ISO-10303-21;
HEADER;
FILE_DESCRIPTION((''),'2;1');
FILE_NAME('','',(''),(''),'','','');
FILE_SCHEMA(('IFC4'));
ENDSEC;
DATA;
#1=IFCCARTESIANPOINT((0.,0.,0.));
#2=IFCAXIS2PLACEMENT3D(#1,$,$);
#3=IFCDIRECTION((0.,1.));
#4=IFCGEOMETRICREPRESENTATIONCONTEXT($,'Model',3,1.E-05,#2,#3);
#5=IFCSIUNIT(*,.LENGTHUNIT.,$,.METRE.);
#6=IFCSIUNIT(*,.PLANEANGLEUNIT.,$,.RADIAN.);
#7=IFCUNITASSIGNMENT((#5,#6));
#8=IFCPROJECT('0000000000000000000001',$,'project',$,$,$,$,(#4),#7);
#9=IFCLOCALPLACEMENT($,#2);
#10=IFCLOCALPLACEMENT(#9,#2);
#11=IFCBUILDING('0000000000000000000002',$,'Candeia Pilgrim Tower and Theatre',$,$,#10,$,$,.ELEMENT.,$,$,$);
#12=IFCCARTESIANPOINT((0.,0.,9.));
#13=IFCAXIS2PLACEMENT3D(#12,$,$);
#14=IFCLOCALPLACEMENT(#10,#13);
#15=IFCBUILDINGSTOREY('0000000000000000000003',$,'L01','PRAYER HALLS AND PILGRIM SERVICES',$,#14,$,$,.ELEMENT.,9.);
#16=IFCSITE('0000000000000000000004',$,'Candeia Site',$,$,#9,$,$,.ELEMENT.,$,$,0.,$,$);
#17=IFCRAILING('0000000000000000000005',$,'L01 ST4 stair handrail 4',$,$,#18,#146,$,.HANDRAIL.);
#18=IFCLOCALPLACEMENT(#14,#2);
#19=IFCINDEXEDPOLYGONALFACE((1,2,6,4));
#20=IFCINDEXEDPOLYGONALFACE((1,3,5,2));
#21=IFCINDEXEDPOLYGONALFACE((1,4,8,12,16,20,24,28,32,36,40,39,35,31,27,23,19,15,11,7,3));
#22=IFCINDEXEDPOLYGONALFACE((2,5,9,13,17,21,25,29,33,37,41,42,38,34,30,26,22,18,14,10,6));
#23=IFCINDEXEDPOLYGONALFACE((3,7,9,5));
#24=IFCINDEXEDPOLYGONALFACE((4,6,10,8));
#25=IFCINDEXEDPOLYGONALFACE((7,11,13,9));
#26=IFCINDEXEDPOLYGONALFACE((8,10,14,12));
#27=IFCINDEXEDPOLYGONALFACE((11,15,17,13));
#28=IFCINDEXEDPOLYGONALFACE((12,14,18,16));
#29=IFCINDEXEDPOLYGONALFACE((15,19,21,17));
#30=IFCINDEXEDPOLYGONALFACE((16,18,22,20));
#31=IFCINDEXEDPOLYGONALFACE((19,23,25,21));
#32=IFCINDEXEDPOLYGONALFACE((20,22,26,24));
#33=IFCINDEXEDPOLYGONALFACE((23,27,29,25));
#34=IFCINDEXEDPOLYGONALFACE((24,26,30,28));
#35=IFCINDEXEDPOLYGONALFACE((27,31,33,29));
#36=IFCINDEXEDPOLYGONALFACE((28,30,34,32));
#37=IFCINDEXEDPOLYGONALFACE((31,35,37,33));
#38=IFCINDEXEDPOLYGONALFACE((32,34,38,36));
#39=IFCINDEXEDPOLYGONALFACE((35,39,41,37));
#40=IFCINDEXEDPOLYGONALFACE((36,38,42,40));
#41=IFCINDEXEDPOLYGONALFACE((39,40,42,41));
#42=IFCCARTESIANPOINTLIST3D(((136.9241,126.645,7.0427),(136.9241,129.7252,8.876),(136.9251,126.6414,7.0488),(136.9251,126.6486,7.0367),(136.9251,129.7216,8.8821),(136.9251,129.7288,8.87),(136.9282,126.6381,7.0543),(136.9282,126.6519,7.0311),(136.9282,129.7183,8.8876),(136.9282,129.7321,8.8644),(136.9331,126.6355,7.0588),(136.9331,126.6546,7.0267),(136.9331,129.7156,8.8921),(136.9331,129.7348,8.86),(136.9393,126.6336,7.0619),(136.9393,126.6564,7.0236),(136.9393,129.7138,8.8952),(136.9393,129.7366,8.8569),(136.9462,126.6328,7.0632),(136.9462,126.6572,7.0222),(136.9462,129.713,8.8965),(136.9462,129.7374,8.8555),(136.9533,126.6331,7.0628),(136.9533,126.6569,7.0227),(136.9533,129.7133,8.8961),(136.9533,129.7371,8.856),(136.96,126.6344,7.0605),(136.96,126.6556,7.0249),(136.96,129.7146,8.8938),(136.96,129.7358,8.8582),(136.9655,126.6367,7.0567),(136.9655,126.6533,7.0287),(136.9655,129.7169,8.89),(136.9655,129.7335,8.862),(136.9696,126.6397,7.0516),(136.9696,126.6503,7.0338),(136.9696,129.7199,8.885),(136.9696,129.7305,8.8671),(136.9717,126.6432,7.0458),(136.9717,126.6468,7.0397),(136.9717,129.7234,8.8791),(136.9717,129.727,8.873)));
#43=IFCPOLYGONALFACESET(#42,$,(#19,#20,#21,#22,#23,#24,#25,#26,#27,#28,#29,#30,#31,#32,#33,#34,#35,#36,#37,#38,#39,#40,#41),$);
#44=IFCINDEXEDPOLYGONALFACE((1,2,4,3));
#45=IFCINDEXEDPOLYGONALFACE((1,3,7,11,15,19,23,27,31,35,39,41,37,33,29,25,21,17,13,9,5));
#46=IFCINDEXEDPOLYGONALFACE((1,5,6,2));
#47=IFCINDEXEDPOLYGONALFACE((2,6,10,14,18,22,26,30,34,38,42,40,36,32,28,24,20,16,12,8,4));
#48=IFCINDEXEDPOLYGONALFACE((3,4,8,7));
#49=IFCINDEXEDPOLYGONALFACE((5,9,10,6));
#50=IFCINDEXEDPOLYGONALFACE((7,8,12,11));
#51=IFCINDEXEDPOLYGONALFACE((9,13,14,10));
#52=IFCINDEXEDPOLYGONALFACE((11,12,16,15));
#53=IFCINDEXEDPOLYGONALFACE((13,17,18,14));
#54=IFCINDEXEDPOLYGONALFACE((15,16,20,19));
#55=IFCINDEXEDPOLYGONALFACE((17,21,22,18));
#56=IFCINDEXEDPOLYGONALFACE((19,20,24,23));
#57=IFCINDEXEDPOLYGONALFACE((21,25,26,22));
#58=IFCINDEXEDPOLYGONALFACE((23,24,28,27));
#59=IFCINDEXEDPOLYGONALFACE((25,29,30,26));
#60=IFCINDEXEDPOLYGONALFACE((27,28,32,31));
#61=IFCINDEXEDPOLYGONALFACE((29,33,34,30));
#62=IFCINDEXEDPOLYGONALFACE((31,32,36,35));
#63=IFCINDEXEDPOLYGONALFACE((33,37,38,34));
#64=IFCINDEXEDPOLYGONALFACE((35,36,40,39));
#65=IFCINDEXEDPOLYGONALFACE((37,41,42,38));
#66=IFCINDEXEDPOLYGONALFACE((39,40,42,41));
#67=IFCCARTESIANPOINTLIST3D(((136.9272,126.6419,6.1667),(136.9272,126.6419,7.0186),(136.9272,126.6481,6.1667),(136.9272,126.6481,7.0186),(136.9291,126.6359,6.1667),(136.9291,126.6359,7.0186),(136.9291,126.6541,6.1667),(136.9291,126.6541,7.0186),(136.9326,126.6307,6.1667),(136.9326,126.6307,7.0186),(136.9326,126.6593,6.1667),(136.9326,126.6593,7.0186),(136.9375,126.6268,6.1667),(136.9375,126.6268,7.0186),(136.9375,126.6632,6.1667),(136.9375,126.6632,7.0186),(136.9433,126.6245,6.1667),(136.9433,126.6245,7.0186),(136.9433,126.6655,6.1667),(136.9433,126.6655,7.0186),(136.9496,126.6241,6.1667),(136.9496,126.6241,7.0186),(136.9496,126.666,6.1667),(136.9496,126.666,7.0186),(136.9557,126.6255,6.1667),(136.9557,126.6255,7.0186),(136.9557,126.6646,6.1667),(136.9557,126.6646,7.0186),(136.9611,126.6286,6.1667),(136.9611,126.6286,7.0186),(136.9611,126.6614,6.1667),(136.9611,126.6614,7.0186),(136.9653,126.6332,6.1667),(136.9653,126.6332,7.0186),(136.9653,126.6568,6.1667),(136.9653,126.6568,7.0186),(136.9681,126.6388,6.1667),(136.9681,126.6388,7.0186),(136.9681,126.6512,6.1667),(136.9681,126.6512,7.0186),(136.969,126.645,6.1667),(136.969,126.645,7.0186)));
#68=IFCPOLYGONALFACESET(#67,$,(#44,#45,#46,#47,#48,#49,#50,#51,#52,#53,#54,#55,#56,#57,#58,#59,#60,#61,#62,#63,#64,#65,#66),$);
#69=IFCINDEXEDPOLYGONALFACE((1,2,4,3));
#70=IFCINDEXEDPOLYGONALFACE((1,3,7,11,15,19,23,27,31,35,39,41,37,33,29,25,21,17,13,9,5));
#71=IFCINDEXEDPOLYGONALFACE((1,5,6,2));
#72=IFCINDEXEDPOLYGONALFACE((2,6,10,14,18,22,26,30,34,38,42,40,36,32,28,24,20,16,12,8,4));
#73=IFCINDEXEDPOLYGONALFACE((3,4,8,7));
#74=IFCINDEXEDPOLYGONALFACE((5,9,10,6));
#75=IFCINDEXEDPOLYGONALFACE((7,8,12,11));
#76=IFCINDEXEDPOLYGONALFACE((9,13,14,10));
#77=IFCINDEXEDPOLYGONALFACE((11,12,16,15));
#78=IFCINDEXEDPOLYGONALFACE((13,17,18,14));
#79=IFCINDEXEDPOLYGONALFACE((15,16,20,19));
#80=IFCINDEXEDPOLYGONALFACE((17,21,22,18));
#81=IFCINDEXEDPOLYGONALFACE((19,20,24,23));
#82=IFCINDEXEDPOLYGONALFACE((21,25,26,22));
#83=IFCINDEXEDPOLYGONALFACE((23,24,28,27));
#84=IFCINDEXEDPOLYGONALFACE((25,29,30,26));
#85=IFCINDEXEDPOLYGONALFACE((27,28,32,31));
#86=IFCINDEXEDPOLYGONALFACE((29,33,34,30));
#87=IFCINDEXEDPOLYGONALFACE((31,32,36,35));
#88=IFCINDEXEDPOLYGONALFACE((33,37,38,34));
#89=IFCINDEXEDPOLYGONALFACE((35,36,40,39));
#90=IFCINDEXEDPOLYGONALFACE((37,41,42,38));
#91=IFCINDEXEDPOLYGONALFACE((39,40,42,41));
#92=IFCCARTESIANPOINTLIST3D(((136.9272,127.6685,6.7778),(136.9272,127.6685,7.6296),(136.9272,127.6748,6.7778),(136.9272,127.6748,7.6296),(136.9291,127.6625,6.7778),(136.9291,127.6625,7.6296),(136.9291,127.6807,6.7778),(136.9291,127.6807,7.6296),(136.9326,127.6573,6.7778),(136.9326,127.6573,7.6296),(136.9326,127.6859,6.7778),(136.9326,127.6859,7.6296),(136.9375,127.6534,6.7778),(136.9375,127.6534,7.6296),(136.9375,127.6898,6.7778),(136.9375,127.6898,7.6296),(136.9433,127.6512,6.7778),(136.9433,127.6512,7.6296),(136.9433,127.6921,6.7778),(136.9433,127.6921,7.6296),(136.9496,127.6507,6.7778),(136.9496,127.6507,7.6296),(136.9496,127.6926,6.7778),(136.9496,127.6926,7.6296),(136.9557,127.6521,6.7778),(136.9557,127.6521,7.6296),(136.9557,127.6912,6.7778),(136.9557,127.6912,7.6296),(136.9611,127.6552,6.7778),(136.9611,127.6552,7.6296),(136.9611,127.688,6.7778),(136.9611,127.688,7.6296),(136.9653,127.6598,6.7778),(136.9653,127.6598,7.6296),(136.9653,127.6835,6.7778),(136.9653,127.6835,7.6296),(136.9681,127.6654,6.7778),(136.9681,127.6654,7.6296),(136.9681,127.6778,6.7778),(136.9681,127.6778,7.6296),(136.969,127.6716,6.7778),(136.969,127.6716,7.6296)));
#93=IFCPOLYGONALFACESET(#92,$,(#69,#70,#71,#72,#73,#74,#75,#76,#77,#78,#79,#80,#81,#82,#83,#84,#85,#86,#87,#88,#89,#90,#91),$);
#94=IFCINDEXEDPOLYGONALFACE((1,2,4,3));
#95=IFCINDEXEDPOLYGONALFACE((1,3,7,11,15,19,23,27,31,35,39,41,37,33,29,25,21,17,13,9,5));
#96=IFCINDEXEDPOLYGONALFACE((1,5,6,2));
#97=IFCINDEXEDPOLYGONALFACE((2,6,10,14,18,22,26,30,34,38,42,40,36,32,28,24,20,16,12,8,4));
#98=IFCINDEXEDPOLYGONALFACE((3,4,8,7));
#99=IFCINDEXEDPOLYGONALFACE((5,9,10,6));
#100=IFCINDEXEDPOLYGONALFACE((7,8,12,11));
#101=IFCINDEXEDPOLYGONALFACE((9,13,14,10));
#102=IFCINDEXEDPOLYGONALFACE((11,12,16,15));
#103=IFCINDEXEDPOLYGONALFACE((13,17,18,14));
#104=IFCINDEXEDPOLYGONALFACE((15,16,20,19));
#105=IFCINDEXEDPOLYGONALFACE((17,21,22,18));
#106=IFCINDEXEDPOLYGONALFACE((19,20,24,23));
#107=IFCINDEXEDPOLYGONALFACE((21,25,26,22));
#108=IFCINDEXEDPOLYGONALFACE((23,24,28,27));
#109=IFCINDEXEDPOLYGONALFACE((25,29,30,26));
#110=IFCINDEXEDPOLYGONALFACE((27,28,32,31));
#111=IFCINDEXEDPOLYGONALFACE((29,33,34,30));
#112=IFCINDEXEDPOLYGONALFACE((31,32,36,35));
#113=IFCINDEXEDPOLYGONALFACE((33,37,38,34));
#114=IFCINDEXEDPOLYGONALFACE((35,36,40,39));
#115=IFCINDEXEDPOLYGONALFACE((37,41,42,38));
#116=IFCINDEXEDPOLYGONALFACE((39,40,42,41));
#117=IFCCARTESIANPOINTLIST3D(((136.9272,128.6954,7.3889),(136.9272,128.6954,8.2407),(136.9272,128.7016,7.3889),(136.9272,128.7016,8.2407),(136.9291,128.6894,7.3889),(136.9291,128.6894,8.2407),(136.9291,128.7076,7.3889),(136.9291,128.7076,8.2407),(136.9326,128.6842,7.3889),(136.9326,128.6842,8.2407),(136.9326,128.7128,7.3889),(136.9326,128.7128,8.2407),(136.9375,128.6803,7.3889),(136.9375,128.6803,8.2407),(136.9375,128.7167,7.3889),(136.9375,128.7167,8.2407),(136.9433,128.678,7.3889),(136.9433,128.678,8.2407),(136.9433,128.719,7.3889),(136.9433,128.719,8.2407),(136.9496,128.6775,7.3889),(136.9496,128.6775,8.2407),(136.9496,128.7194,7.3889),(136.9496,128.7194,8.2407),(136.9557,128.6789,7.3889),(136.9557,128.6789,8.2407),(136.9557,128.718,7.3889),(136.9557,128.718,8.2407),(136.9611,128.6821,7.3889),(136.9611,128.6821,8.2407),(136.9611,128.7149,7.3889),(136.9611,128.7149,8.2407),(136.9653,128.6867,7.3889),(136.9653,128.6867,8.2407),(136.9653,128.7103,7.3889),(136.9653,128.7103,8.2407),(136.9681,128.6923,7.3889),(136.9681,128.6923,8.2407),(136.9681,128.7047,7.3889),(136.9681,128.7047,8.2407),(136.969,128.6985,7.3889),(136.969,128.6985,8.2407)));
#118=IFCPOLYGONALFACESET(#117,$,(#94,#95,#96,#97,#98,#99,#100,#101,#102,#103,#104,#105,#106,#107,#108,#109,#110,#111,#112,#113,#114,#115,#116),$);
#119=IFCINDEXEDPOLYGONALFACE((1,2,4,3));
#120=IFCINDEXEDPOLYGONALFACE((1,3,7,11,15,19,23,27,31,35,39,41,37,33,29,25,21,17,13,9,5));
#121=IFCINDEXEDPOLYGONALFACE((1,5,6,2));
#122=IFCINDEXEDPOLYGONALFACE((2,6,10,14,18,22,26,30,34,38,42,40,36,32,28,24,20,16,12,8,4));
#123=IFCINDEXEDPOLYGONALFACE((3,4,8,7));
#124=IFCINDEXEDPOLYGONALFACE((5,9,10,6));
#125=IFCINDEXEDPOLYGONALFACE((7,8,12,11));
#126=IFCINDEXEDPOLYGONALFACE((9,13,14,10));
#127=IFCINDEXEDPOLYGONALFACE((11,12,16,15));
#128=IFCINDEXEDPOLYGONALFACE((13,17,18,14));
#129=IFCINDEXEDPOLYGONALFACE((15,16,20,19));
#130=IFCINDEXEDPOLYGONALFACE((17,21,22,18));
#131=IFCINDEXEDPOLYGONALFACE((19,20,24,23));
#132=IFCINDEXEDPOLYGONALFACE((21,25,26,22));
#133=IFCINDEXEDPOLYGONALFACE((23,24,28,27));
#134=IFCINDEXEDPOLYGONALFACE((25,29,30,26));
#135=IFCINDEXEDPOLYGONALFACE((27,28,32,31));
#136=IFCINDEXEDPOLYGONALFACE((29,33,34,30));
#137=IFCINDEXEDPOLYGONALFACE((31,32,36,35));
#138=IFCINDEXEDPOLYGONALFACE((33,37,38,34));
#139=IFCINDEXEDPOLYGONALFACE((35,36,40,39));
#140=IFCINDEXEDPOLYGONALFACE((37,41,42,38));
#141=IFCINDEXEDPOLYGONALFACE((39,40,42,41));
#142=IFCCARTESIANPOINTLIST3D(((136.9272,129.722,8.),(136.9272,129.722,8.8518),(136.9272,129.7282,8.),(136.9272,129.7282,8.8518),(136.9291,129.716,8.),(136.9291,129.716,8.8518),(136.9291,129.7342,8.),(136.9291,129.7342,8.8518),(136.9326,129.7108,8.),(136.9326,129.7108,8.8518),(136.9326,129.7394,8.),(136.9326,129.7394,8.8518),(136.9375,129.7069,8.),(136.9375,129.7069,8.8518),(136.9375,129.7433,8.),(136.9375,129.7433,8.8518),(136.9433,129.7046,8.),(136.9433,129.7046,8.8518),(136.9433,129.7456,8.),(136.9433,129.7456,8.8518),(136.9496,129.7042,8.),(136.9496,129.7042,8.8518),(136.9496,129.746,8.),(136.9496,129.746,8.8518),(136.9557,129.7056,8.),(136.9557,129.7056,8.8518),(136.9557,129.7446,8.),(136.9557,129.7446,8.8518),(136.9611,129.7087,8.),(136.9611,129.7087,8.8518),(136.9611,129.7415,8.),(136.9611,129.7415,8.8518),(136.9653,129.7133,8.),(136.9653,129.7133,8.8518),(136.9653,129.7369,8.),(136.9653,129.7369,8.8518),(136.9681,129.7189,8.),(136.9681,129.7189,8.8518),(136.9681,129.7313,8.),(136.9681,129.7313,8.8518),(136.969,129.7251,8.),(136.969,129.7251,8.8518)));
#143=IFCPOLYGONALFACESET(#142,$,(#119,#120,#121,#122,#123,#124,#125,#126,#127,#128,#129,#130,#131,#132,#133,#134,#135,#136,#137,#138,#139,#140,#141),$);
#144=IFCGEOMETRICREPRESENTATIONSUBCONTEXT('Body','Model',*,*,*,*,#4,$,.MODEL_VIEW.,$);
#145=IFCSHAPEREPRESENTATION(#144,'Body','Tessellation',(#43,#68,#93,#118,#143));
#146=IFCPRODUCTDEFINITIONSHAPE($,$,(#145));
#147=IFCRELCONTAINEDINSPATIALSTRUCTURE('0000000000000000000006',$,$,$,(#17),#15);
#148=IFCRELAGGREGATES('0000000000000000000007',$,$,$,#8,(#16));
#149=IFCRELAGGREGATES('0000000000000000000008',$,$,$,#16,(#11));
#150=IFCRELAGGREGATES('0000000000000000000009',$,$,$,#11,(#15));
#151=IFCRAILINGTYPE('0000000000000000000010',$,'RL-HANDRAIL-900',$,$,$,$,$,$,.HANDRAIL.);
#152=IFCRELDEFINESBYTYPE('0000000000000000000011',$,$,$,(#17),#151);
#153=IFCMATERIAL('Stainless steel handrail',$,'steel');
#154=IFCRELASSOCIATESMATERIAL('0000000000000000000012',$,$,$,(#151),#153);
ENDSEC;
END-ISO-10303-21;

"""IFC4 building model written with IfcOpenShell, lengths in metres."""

from ifc_helpers import new_model, si_unit, direction, frame, origin, origin_2d, place, context, subcontext, project, spatial, circle, extrude, material, type_object, element, save


model = new_model("IFC4")

# Units and contexts
model_context = context("Model", 3, precision=1e-05, world=origin(), true_north=direction((0.0, 1.0)))
body_context = subcontext(model_context, "Body", "Model", "MODEL_VIEW")
ifc_project = project(units=[si_unit("LENGTHUNIT", "METRE"), si_unit("PLANEANGLEUNIT", "RADIAN")], contexts=[model_context])

# Site, building, storey
site_placement = place(None, origin())
site = spatial("IfcSite", under=ifc_project, at=site_placement, Name="Candeia Site", CompositionType="ELEMENT", RefElevation=0.0)
building_placement = place(site_placement, origin())
building = spatial("IfcBuilding", under=site, at=building_placement, Name="Candeia Pilgrim Tower and Theatre", CompositionType="ELEMENT")
storey_placement = place(building_placement, frame((0.0, 0.0, 9.0)))
storey = spatial("IfcBuildingStorey", under=building, at=storey_placement, Name="L01", Description="PRAYER HALLS AND PILGRIM SERVICES", CompositionType="ELEMENT", Elevation=9.0)

# Railing
ifc_material_1 = material(Name="Stainless steel handrail", Category="steel")
railing_type_1 = type_object("IfcRailingType", Name="RL-HANDRAIL-900", PredefinedType="HANDRAIL", material=ifc_material_1)
railing_1_placement = place(storey_placement, frame((136.948, 126.645, 6.1667)))
element("IfcRailing", 1, at=railing_1_placement, inside=storey, type_object=railing_type_1, Name="L01 ST4 stair handrail 4", PredefinedType="HANDRAIL", context=body_context, shape_type="SweptSolid", body=[
    extrude(circle(Radius=0.0239, at=origin_2d()), frame((0.0, 0.0, 0.876), z_axis=(0.0, 0.859309, 0.511458), x_axis=(-1.0, 0.0, 0.0)), (0.0, 0.0, 1.0), 3.5845),
    extrude(circle(Radius=0.021, at=origin_2d()), origin(), (0.0, 0.0, 1.0), 0.8518),
    extrude(circle(Radius=0.021, at=origin_2d()), frame((0.0, 1.0266, 0.6111)), (0.0, 0.0, 1.0), 0.8518),
    extrude(circle(Radius=0.021, at=origin_2d()), frame((0.0, 2.0535, 1.2222)), (0.0, 0.0, 1.0), 0.8518),
    extrude(circle(Radius=0.021, at=origin_2d()), frame((0.0, 3.0801, 1.8333)), (0.0, 0.0, 1.0), 0.8518),
])

save(model, "model.ifc")
